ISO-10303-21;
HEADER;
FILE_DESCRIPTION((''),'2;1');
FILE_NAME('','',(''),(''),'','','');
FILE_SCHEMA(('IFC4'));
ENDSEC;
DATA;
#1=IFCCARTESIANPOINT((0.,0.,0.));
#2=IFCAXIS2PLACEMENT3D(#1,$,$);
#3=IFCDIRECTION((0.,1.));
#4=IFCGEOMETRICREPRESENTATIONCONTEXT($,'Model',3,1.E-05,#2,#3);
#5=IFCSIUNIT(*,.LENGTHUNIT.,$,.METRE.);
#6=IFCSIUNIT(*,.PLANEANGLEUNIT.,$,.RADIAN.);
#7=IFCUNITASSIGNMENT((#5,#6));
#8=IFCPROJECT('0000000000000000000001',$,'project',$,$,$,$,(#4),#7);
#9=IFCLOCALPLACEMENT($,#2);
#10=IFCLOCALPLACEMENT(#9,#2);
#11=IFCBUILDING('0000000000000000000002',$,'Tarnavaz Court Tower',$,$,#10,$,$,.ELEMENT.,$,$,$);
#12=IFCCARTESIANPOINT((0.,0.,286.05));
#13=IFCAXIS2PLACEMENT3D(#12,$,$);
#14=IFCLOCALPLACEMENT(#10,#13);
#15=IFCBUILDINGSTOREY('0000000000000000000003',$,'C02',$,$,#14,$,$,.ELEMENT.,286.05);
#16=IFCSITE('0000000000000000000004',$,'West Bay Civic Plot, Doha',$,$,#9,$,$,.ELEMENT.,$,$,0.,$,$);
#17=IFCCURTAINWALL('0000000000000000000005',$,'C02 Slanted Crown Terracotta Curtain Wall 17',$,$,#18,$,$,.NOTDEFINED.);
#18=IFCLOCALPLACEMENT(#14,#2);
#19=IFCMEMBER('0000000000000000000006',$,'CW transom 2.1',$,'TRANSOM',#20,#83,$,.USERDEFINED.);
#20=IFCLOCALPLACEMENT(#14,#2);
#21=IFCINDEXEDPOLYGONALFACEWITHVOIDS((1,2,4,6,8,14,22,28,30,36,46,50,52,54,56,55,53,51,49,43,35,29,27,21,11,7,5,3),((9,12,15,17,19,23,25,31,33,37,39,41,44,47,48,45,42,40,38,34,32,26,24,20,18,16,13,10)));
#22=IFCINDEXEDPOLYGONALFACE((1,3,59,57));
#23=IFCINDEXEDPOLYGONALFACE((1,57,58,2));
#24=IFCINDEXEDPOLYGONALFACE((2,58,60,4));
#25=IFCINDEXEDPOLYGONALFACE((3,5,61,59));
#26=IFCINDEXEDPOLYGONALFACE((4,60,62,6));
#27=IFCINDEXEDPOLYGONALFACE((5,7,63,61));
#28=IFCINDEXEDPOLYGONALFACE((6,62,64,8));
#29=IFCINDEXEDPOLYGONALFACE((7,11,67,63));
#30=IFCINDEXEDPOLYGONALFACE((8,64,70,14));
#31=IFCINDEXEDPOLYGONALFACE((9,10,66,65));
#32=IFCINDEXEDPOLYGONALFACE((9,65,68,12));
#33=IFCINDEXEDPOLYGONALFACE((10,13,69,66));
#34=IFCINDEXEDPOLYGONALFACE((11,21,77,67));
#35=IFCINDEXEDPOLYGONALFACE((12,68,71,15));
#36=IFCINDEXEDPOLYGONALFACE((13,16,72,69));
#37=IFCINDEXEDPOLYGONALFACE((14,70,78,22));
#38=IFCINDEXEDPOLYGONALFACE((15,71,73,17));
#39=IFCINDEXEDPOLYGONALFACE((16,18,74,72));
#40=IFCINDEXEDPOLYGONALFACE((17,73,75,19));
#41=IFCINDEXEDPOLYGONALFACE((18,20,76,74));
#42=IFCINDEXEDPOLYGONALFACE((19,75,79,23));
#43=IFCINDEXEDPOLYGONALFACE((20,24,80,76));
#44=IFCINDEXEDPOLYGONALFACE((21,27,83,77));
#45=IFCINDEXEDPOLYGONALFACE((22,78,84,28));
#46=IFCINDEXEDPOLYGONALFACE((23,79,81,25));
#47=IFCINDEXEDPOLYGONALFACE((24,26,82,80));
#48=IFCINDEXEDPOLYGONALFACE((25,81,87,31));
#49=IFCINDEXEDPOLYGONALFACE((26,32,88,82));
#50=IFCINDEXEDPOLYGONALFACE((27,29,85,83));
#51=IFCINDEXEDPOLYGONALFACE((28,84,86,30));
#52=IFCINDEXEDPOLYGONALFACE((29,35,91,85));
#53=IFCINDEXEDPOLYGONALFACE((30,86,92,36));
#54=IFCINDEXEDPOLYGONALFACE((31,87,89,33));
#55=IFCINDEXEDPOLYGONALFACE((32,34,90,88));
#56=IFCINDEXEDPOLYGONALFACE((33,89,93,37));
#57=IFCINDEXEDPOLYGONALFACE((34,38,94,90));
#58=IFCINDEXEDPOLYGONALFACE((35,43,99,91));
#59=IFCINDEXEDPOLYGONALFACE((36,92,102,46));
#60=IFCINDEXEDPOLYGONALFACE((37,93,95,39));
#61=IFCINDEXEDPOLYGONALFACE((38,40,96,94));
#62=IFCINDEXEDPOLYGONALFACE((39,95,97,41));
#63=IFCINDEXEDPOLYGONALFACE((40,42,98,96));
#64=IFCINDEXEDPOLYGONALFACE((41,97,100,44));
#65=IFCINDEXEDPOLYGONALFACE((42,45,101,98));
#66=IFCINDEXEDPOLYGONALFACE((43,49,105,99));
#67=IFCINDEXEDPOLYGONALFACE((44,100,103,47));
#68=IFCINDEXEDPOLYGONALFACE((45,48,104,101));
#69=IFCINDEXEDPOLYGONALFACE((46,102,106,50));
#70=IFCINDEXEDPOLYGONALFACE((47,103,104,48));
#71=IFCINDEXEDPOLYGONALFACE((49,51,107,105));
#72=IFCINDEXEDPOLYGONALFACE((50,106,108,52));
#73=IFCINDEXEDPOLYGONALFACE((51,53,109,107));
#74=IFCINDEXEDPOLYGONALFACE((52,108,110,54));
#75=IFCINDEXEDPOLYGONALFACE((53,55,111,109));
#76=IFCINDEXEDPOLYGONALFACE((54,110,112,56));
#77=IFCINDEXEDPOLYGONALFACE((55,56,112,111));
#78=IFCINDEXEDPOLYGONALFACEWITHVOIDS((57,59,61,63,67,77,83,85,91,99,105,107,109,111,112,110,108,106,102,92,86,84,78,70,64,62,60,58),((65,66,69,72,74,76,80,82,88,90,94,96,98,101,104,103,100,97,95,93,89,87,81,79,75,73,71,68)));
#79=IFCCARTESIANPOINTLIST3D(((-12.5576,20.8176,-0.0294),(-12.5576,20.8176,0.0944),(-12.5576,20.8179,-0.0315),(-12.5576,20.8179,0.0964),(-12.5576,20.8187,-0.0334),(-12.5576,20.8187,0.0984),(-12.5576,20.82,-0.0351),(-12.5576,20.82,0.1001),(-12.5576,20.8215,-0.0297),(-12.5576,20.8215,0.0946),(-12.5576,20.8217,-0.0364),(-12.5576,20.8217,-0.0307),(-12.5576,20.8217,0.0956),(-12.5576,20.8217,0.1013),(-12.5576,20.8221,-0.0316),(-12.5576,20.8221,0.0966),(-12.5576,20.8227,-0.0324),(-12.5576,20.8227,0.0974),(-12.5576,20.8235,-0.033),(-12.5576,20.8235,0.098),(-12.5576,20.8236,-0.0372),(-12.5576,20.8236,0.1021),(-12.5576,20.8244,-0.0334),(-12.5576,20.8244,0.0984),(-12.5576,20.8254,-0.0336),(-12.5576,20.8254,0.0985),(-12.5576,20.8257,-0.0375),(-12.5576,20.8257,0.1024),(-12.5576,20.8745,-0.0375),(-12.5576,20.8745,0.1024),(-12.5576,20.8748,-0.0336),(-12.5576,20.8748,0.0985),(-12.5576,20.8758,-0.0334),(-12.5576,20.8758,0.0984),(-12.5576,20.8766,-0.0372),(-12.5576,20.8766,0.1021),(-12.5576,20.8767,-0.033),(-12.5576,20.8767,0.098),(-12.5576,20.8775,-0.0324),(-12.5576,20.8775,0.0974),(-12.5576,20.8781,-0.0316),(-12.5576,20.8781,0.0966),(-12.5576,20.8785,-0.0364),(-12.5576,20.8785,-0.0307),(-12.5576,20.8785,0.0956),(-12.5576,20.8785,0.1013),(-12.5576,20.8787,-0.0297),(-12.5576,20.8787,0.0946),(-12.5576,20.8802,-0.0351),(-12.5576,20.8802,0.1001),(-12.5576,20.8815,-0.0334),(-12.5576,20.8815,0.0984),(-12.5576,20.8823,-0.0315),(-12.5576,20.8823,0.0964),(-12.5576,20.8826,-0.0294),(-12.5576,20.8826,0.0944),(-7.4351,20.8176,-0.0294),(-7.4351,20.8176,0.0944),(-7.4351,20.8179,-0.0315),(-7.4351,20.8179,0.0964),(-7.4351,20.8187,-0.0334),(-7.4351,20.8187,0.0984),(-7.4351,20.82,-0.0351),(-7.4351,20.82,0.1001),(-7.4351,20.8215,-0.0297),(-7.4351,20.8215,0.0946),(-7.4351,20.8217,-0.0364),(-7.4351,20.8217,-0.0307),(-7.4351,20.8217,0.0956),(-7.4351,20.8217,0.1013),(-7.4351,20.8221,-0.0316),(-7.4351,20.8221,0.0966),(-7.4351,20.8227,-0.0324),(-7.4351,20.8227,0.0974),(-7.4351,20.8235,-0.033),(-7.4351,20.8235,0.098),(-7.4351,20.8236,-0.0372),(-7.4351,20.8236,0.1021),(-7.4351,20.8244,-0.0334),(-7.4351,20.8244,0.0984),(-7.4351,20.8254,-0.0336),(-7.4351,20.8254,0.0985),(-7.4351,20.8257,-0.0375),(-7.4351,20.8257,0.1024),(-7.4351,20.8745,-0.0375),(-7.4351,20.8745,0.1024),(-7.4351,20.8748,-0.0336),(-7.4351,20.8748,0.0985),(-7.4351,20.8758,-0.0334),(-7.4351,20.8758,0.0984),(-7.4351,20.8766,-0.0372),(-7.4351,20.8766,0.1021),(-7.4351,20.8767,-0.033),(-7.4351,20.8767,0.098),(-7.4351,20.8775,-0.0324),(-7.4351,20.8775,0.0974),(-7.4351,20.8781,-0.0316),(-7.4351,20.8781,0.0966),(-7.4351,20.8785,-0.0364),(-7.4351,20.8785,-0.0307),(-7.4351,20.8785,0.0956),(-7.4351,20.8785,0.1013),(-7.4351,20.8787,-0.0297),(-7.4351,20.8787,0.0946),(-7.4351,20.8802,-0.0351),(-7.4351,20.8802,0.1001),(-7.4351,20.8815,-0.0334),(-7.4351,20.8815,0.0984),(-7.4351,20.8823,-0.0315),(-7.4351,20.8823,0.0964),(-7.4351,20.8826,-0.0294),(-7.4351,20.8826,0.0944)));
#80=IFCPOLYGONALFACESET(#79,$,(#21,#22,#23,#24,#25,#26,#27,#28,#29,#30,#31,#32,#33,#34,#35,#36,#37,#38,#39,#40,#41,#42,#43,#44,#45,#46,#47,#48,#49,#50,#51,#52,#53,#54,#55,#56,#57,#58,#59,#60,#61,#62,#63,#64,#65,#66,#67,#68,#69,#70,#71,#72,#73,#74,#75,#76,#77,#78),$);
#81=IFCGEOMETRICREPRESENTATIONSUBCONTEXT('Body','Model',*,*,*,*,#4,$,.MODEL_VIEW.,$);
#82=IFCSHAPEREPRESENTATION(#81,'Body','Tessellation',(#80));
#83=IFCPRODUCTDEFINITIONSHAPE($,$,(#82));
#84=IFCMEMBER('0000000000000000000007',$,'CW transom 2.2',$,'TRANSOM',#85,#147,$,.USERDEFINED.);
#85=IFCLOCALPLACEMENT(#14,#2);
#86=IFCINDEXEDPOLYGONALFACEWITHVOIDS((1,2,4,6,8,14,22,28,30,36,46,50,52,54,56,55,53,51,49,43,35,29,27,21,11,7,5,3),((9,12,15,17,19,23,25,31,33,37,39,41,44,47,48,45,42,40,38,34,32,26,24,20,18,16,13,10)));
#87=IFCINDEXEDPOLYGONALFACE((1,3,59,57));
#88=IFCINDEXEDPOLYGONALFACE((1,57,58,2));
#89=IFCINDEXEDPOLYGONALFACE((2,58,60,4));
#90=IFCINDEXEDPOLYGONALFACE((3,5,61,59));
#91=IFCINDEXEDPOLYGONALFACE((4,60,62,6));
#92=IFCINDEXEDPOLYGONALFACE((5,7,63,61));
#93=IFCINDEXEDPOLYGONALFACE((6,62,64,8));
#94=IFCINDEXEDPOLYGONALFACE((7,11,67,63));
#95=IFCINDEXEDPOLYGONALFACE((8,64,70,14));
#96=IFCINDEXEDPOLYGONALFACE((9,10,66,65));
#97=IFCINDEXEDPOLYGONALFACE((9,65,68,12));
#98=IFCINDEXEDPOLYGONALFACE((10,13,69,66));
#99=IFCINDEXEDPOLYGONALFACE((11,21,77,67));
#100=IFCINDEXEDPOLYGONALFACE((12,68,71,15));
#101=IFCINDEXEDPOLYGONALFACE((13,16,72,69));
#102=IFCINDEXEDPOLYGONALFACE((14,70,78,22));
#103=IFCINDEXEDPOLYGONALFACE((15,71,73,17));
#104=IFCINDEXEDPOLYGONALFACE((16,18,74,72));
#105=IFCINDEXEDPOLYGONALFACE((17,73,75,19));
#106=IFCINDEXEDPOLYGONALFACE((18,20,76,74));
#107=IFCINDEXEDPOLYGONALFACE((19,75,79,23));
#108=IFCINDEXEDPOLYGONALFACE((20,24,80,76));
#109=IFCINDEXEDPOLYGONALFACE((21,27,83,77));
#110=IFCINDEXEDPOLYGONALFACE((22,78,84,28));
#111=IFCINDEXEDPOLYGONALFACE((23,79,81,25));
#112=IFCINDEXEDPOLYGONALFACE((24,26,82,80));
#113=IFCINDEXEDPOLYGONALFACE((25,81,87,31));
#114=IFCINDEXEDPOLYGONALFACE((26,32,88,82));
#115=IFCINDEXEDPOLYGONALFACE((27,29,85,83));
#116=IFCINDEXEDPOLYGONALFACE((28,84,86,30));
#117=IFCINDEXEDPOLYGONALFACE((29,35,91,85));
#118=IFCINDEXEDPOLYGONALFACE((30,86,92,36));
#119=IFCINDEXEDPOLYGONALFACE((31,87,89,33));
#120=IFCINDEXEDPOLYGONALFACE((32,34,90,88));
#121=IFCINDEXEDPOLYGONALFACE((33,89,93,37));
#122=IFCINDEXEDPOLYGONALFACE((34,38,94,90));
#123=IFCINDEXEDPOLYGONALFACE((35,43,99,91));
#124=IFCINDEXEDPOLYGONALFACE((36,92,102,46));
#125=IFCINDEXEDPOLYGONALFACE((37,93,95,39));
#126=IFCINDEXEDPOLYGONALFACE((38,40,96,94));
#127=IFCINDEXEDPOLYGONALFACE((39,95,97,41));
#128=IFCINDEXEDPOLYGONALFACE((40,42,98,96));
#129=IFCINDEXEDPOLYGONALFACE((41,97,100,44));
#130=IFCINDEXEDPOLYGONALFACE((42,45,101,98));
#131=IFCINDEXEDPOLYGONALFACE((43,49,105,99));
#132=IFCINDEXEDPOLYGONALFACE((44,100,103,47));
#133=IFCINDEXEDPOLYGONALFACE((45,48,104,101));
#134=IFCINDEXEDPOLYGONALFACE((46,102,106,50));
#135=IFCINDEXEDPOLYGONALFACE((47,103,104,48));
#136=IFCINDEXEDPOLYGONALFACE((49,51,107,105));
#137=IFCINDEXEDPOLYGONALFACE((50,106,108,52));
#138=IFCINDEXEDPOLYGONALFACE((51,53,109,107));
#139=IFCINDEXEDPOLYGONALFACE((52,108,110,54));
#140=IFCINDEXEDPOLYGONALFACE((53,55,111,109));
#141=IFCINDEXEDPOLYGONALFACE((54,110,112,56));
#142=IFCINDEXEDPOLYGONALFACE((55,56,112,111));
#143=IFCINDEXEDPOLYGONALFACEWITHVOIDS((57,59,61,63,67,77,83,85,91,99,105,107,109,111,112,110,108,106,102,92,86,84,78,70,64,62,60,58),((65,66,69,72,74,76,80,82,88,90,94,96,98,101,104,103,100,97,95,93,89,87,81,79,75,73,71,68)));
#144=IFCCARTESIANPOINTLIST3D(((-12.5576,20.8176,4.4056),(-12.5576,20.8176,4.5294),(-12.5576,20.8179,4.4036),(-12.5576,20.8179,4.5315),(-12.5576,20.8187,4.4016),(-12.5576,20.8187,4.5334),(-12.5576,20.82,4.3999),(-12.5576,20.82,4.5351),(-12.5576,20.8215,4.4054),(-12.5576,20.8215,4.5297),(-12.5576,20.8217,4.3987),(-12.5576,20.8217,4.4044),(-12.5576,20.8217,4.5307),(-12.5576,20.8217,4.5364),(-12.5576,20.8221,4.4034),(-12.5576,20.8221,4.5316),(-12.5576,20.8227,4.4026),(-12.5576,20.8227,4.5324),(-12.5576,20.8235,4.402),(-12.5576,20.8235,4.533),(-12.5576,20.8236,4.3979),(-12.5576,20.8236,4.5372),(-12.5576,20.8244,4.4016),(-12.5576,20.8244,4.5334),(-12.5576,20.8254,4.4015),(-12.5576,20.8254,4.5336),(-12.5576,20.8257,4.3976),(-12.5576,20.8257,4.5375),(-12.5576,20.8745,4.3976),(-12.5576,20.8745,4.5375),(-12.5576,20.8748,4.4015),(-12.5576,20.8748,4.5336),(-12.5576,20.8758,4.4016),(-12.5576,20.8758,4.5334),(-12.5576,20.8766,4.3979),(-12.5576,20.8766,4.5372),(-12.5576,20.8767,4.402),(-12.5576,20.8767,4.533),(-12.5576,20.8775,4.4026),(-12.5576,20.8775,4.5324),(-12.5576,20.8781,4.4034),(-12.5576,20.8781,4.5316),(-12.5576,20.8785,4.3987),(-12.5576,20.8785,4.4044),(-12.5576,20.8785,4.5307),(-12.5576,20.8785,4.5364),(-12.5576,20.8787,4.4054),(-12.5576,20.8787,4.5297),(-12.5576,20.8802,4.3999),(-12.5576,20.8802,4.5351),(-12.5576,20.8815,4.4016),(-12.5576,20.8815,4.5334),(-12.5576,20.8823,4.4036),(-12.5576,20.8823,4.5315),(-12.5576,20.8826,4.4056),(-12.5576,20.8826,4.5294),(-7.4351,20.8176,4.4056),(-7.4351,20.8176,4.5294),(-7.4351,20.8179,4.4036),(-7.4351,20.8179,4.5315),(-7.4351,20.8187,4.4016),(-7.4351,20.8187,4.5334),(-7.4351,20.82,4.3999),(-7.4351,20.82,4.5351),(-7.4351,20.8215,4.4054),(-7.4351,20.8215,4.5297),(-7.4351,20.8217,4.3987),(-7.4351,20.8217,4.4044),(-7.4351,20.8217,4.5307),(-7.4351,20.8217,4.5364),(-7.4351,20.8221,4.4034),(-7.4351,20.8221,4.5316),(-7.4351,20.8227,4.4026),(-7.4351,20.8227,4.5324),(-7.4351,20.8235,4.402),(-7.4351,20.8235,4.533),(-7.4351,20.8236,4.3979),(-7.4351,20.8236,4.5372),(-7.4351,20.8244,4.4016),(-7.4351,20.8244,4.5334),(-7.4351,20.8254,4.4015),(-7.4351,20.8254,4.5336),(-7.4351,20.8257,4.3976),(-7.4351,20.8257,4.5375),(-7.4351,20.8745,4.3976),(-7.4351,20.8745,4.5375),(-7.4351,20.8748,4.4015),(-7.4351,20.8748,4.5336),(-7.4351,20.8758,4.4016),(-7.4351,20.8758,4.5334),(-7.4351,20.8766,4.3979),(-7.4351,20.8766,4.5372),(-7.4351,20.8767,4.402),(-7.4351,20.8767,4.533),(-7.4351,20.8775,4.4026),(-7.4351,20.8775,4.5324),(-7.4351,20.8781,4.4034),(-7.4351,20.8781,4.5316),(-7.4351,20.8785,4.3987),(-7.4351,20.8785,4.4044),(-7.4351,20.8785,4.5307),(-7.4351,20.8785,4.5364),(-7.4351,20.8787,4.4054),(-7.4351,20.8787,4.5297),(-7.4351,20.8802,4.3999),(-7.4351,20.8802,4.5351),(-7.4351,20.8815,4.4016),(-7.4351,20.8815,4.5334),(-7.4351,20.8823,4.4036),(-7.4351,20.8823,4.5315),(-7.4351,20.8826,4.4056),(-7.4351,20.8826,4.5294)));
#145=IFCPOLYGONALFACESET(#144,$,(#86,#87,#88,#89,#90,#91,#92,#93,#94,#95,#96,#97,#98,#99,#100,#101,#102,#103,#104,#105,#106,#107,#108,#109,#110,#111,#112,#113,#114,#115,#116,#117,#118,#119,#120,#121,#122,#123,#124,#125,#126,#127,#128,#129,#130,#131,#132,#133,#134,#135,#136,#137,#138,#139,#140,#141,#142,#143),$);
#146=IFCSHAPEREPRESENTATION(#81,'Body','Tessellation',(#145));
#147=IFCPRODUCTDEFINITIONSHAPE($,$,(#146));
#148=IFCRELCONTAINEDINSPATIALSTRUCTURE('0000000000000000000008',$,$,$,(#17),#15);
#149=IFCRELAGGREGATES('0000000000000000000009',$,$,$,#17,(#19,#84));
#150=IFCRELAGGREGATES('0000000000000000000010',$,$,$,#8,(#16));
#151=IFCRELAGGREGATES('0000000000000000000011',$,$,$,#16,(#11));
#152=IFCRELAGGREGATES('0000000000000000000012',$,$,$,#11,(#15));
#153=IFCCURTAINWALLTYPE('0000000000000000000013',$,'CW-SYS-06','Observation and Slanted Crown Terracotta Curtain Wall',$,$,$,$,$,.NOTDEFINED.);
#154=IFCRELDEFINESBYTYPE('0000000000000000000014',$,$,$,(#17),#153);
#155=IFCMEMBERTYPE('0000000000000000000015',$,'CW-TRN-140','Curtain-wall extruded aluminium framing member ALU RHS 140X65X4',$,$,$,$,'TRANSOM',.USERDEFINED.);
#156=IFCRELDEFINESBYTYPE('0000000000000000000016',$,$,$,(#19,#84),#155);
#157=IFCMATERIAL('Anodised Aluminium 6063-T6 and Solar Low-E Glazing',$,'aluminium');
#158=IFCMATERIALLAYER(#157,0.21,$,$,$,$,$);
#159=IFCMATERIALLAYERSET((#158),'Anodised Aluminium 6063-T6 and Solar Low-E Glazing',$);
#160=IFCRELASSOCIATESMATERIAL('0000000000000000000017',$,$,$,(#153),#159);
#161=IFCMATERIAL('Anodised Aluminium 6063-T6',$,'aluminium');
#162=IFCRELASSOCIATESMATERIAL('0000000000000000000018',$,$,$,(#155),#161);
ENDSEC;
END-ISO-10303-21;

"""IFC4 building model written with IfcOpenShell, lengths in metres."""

from ifc_helpers import new_model, si_unit, direction, frame, origin, origin_2d, place, context, subcontext, project, spatial, hollow_rectangle, extrude, material, layer, layer_set, material_profile, profile_set, type_object, element, aggregate, save


model = new_model("IFC4")

# Units and contexts
model_context = context("Model", 3, precision=1e-05, world=origin(), true_north=direction((0.0, 1.0)))
body_context = subcontext(model_context, "Body", "Model", "MODEL_VIEW")
ifc_project = project(units=[si_unit("LENGTHUNIT", "METRE"), si_unit("PLANEANGLEUNIT", "RADIAN")], contexts=[model_context])

# Site, building, storey
site_placement = place(None, origin())
site = spatial("IfcSite", under=ifc_project, at=site_placement, Name="West Bay Civic Plot, Doha", CompositionType="ELEMENT", RefElevation=0.0)
building_placement = place(site_placement, origin())
building = spatial("IfcBuilding", under=site, at=building_placement, Name="Tarnavaz Court Tower", CompositionType="ELEMENT")
storey_placement = place(building_placement, frame((0.0, 0.0, 286.05)))
storey = spatial("IfcBuildingStorey", under=building, at=storey_placement, Name="C02", CompositionType="ELEMENT", Elevation=286.05)

# Curtain wall
ifc_material_1 = material(Name="Anodised Aluminium 6063-T6 and Solar Low-E Glazing", Category="aluminium")
ifc_layer_1 = layer(ifc_material_1, 0.21)
ifc_layer_set_1 = layer_set([ifc_layer_1], Name="Anodised Aluminium 6063-T6 and Solar Low-E Glazing")
curtain_wall_type = type_object("IfcCurtainWallType", Name="CW-SYS-06", Description="Observation and Slanted Crown Terracotta Curtain Wall", PredefinedType="NOTDEFINED", material=ifc_layer_set_1)
ifc_material_2 = material(Name="Anodised Aluminium 6063-T6", Category="aluminium")
curtain_wall_1_placement = place(storey_placement, origin())
curtain_wall_1 = element("IfcCurtainWall", 1, at=curtain_wall_1_placement, inside=storey, type_object=curtain_wall_type, Name="C02 Slanted Crown Terracotta Curtain Wall 17", PredefinedType="NOTDEFINED")

# Members
ifc_material_profile_1 = material_profile(ifc_material_2, hollow_rectangle(XDim=0.0649, YDim=0.1399, WallThickness=0.0039, InnerFilletRadius=0.0039, OuterFilletRadius=0.0081, at=origin_2d()), Name="ALU RHS 140X65X4")
ifc_profile_set_1 = profile_set([ifc_material_profile_1], Name="Anodised Aluminium 6063-T6")
member_type_1 = type_object("IfcMemberType", Name="CW-TRN-140", Description="Curtain-wall extruded aluminium framing member ALU RHS 140X65X4", ElementType="TRANSOM", PredefinedType="USERDEFINED", material=ifc_profile_set_1)
member_1_placement = place(storey_placement, frame((-12.5576, 20.8501, 0.0325), z_axis=(1.0, 0.0, 0.0), x_axis=(0.0, 1.0, 0.0)))
member_1 = element("IfcMember", 2, at=member_1_placement, type_object=member_type_1, Name="CW transom 2.1", ObjectType="TRANSOM", PredefinedType="USERDEFINED", context=body_context, shape_type="SweptSolid", body=[
    extrude(hollow_rectangle(XDim=0.0649, YDim=0.1399, WallThickness=0.0039, InnerFilletRadius=0.0039, OuterFilletRadius=0.0081, at=origin_2d()), origin(), (0.0, 0.0, 1.0), 5.1226),
])
member_2_placement = place(storey_placement, frame((-12.5576, 20.8501, 4.4675), z_axis=(1.0, 0.0, 0.0), x_axis=(0.0, 1.0, 0.0)))
member_2 = element("IfcMember", 3, at=member_2_placement, type_object=member_type_1, Name="CW transom 2.2", ObjectType="TRANSOM", PredefinedType="USERDEFINED", context=body_context, shape_type="SweptSolid", body=[
    extrude(hollow_rectangle(XDim=0.0649, YDim=0.1399, WallThickness=0.0039, InnerFilletRadius=0.0039, OuterFilletRadius=0.0081, at=origin_2d()), origin(), (0.0, 0.0, 1.0), 5.1226),
])

aggregate(curtain_wall_1, [member_1, member_2])

save(model, "model.ifc")
